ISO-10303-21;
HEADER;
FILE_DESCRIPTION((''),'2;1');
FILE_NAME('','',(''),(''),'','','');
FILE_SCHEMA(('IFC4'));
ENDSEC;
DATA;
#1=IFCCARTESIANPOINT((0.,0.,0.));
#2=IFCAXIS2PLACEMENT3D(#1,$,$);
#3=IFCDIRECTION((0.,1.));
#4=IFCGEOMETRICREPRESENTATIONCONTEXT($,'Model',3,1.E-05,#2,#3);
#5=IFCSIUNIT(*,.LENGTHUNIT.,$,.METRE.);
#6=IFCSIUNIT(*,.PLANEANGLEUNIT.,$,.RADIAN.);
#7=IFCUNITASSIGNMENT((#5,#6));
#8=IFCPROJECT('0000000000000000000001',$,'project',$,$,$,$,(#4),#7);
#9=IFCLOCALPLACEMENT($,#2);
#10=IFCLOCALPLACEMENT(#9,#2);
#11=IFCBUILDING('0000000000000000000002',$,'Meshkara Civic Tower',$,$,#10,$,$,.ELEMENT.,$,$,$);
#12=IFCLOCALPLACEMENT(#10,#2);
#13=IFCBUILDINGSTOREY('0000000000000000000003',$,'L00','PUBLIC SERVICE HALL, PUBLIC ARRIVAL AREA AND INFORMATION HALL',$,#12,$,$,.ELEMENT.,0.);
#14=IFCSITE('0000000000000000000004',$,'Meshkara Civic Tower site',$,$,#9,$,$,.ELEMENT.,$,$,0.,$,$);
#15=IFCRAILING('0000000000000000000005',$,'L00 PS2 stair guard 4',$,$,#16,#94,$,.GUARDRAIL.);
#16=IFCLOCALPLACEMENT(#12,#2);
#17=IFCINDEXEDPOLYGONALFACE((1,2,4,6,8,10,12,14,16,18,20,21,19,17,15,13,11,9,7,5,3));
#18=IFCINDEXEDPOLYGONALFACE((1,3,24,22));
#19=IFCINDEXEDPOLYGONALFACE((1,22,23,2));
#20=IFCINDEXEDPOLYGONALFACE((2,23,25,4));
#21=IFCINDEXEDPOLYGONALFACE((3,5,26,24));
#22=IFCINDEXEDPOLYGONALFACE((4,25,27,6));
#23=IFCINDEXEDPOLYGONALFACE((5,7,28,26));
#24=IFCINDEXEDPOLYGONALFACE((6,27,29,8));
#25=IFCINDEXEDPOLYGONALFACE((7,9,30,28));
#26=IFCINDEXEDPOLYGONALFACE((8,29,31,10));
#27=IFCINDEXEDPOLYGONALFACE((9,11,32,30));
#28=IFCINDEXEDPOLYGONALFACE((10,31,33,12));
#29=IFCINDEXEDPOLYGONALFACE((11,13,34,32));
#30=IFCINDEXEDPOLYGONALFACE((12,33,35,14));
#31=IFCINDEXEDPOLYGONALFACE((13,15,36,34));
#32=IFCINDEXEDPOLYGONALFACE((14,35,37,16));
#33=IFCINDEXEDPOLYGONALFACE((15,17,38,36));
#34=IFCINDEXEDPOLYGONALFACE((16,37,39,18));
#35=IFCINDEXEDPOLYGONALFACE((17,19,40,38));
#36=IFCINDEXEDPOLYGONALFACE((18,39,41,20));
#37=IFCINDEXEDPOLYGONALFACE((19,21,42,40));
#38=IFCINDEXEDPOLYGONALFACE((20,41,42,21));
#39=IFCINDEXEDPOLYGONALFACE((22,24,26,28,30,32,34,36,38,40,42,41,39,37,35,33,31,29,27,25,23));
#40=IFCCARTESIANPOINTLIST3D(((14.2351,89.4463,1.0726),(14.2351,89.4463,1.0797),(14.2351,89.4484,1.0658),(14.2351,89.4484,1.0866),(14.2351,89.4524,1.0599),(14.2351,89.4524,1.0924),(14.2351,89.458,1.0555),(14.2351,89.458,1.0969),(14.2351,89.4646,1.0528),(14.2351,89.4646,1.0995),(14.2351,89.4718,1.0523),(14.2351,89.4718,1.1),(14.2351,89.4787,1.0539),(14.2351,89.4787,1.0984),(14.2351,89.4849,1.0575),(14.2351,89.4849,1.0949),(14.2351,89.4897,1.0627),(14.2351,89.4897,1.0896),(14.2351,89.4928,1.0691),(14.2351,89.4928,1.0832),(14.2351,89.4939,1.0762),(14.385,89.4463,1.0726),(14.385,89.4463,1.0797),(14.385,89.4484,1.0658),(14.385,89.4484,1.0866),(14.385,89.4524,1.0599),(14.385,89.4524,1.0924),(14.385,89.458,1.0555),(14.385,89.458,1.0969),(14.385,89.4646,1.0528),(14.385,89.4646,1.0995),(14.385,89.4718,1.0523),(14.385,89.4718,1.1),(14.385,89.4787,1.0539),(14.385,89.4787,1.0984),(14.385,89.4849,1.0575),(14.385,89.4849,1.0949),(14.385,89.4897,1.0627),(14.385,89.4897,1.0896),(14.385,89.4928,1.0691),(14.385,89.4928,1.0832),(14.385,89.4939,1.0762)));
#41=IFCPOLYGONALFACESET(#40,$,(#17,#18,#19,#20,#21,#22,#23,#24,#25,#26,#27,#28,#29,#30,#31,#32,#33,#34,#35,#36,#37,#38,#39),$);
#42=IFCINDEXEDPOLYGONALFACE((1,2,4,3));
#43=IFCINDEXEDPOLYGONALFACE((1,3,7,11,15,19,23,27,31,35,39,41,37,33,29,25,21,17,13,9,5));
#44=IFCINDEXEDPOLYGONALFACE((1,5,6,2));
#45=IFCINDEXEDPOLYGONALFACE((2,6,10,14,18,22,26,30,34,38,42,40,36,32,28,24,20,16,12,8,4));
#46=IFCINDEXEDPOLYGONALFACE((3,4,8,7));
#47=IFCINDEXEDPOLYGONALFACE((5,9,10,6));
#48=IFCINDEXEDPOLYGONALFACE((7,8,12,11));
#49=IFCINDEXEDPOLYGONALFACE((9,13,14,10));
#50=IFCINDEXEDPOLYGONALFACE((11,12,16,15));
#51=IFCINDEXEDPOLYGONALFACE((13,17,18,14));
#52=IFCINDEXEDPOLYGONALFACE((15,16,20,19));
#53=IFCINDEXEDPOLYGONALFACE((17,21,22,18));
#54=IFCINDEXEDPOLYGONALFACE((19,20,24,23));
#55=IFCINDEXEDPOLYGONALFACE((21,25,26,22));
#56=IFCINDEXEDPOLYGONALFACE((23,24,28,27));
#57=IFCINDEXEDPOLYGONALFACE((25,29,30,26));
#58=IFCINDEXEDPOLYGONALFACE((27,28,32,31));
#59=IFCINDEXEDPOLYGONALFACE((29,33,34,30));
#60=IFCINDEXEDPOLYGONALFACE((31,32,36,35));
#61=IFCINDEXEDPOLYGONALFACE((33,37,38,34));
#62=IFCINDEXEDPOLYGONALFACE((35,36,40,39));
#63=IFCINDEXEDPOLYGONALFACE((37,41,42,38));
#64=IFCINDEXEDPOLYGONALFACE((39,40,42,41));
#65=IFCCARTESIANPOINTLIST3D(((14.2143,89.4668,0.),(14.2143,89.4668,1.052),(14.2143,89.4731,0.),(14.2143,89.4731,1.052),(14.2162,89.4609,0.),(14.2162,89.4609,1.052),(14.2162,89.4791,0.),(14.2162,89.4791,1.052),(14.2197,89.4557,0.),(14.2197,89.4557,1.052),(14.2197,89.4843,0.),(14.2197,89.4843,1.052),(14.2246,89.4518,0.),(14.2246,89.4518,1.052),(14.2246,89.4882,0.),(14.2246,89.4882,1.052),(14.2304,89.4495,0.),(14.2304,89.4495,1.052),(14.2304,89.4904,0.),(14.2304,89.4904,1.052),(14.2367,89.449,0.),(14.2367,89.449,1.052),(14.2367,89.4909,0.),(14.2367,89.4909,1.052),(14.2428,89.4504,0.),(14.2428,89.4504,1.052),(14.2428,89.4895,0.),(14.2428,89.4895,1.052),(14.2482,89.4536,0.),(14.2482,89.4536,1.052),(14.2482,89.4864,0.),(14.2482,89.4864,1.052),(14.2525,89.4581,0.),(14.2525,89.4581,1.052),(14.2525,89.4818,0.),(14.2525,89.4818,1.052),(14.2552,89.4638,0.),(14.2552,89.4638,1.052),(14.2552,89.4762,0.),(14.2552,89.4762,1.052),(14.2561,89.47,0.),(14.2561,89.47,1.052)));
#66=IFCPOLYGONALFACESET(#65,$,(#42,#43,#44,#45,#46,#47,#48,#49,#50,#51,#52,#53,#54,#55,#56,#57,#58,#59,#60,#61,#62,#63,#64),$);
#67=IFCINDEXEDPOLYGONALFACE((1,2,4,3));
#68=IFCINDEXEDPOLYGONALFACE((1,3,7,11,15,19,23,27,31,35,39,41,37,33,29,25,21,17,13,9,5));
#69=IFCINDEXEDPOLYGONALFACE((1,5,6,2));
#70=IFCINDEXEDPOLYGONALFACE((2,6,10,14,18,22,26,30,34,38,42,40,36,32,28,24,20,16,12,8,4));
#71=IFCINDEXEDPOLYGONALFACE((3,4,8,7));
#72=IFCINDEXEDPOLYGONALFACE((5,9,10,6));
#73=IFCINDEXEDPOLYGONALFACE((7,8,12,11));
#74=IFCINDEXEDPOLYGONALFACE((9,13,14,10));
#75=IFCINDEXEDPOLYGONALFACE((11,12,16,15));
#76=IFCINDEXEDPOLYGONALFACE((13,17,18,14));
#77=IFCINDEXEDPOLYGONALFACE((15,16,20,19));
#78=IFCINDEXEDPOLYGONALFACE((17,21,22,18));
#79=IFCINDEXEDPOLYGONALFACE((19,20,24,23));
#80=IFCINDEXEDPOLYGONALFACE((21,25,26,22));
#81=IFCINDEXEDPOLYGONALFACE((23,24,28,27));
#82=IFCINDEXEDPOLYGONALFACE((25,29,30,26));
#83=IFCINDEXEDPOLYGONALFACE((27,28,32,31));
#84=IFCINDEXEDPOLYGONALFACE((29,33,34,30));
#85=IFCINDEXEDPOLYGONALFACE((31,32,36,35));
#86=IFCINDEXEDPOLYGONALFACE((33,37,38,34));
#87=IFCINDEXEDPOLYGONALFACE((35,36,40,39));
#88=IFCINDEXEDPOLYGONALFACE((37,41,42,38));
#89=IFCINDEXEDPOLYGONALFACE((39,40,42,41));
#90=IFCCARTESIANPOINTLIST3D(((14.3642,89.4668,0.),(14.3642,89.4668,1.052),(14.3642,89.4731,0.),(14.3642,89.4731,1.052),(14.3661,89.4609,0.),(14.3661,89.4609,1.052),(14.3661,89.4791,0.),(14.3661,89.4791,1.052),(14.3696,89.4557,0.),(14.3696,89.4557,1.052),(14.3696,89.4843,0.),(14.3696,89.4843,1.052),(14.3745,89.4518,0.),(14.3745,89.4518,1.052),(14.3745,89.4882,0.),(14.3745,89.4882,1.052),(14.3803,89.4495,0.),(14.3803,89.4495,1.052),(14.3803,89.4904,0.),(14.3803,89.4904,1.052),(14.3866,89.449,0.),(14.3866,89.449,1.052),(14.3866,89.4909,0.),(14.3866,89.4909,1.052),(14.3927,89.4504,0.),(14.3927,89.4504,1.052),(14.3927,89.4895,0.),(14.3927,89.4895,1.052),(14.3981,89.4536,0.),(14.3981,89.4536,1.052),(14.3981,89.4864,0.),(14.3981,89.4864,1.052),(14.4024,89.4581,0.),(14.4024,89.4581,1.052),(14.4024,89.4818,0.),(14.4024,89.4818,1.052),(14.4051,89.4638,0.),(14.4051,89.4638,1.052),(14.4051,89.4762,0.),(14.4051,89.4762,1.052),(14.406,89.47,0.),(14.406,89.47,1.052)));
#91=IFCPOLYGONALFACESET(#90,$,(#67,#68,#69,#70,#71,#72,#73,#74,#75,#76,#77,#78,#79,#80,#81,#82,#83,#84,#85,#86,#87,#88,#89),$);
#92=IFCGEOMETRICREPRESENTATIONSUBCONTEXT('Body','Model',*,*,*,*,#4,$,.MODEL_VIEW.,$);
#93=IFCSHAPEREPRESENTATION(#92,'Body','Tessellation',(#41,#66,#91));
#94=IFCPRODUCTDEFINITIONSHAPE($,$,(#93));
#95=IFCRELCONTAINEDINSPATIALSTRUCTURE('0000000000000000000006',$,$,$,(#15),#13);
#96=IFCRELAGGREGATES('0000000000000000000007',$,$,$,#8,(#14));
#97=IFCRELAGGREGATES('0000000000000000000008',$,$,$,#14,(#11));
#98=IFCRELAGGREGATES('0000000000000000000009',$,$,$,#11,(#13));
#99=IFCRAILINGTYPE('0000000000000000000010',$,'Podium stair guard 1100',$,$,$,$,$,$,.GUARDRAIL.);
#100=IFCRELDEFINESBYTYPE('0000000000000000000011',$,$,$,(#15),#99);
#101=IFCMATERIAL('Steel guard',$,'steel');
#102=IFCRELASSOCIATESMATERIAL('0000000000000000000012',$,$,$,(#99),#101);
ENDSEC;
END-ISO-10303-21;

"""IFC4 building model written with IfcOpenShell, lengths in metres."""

from ifc_helpers import new_model, si_unit, direction, frame, origin, origin_2d, place, context, subcontext, project, spatial, circle, extrude, material, type_object, element, save


model = new_model("IFC4")

# Units and contexts
model_context = context("Model", 3, precision=1e-05, world=origin(), true_north=direction((0.0, 1.0)))
body_context = subcontext(model_context, "Body", "Model", "MODEL_VIEW")
ifc_project = project(units=[si_unit("LENGTHUNIT", "METRE"), si_unit("PLANEANGLEUNIT", "RADIAN")], contexts=[model_context])

# Site, building, storey
site_placement = place(None, origin())
site = spatial("IfcSite", under=ifc_project, at=site_placement, Name="Meshkara Civic Tower site", CompositionType="ELEMENT", RefElevation=0.0)
building_placement = place(site_placement, origin())
building = spatial("IfcBuilding", under=site, at=building_placement, Name="Meshkara Civic Tower", CompositionType="ELEMENT")
storey_placement = place(building_placement, origin())
storey = spatial("IfcBuildingStorey", under=building, at=storey_placement, Name="L00", Description="PUBLIC SERVICE HALL, PUBLIC ARRIVAL AREA AND INFORMATION HALL", CompositionType="ELEMENT", Elevation=0.0)

# Railing
ifc_material_1 = material(Name="Steel guard", Category="steel")
railing_type_1 = type_object("IfcRailingType", Name="Podium stair guard 1100", PredefinedType="GUARDRAIL", material=ifc_material_1)
railing_1_placement = place(storey_placement, frame((14.2351, 89.47, 0.0)))
element("IfcRailing", 1, at=railing_1_placement, inside=storey, type_object=railing_type_1, Name="L00 PS2 stair guard 4", PredefinedType="GUARDRAIL", context=body_context, shape_type="SweptSolid", body=[
    extrude(circle(Radius=0.0239, at=origin_2d()), frame((0.0, 0.0, 1.0762), z_axis=(1.0, 0.0, 0.0), x_axis=(0.0, 1.0, 0.0)), (0.0, 0.0, 1.0), 0.1499),
    extrude(circle(Radius=0.021, at=origin_2d()), origin(), (0.0, 0.0, 1.0), 1.052),
    extrude(circle(Radius=0.021, at=origin_2d()), frame((0.1499, 0.0, 0.0)), (0.0, 0.0, 1.0), 1.052),
])

save(model, "model.ifc")
